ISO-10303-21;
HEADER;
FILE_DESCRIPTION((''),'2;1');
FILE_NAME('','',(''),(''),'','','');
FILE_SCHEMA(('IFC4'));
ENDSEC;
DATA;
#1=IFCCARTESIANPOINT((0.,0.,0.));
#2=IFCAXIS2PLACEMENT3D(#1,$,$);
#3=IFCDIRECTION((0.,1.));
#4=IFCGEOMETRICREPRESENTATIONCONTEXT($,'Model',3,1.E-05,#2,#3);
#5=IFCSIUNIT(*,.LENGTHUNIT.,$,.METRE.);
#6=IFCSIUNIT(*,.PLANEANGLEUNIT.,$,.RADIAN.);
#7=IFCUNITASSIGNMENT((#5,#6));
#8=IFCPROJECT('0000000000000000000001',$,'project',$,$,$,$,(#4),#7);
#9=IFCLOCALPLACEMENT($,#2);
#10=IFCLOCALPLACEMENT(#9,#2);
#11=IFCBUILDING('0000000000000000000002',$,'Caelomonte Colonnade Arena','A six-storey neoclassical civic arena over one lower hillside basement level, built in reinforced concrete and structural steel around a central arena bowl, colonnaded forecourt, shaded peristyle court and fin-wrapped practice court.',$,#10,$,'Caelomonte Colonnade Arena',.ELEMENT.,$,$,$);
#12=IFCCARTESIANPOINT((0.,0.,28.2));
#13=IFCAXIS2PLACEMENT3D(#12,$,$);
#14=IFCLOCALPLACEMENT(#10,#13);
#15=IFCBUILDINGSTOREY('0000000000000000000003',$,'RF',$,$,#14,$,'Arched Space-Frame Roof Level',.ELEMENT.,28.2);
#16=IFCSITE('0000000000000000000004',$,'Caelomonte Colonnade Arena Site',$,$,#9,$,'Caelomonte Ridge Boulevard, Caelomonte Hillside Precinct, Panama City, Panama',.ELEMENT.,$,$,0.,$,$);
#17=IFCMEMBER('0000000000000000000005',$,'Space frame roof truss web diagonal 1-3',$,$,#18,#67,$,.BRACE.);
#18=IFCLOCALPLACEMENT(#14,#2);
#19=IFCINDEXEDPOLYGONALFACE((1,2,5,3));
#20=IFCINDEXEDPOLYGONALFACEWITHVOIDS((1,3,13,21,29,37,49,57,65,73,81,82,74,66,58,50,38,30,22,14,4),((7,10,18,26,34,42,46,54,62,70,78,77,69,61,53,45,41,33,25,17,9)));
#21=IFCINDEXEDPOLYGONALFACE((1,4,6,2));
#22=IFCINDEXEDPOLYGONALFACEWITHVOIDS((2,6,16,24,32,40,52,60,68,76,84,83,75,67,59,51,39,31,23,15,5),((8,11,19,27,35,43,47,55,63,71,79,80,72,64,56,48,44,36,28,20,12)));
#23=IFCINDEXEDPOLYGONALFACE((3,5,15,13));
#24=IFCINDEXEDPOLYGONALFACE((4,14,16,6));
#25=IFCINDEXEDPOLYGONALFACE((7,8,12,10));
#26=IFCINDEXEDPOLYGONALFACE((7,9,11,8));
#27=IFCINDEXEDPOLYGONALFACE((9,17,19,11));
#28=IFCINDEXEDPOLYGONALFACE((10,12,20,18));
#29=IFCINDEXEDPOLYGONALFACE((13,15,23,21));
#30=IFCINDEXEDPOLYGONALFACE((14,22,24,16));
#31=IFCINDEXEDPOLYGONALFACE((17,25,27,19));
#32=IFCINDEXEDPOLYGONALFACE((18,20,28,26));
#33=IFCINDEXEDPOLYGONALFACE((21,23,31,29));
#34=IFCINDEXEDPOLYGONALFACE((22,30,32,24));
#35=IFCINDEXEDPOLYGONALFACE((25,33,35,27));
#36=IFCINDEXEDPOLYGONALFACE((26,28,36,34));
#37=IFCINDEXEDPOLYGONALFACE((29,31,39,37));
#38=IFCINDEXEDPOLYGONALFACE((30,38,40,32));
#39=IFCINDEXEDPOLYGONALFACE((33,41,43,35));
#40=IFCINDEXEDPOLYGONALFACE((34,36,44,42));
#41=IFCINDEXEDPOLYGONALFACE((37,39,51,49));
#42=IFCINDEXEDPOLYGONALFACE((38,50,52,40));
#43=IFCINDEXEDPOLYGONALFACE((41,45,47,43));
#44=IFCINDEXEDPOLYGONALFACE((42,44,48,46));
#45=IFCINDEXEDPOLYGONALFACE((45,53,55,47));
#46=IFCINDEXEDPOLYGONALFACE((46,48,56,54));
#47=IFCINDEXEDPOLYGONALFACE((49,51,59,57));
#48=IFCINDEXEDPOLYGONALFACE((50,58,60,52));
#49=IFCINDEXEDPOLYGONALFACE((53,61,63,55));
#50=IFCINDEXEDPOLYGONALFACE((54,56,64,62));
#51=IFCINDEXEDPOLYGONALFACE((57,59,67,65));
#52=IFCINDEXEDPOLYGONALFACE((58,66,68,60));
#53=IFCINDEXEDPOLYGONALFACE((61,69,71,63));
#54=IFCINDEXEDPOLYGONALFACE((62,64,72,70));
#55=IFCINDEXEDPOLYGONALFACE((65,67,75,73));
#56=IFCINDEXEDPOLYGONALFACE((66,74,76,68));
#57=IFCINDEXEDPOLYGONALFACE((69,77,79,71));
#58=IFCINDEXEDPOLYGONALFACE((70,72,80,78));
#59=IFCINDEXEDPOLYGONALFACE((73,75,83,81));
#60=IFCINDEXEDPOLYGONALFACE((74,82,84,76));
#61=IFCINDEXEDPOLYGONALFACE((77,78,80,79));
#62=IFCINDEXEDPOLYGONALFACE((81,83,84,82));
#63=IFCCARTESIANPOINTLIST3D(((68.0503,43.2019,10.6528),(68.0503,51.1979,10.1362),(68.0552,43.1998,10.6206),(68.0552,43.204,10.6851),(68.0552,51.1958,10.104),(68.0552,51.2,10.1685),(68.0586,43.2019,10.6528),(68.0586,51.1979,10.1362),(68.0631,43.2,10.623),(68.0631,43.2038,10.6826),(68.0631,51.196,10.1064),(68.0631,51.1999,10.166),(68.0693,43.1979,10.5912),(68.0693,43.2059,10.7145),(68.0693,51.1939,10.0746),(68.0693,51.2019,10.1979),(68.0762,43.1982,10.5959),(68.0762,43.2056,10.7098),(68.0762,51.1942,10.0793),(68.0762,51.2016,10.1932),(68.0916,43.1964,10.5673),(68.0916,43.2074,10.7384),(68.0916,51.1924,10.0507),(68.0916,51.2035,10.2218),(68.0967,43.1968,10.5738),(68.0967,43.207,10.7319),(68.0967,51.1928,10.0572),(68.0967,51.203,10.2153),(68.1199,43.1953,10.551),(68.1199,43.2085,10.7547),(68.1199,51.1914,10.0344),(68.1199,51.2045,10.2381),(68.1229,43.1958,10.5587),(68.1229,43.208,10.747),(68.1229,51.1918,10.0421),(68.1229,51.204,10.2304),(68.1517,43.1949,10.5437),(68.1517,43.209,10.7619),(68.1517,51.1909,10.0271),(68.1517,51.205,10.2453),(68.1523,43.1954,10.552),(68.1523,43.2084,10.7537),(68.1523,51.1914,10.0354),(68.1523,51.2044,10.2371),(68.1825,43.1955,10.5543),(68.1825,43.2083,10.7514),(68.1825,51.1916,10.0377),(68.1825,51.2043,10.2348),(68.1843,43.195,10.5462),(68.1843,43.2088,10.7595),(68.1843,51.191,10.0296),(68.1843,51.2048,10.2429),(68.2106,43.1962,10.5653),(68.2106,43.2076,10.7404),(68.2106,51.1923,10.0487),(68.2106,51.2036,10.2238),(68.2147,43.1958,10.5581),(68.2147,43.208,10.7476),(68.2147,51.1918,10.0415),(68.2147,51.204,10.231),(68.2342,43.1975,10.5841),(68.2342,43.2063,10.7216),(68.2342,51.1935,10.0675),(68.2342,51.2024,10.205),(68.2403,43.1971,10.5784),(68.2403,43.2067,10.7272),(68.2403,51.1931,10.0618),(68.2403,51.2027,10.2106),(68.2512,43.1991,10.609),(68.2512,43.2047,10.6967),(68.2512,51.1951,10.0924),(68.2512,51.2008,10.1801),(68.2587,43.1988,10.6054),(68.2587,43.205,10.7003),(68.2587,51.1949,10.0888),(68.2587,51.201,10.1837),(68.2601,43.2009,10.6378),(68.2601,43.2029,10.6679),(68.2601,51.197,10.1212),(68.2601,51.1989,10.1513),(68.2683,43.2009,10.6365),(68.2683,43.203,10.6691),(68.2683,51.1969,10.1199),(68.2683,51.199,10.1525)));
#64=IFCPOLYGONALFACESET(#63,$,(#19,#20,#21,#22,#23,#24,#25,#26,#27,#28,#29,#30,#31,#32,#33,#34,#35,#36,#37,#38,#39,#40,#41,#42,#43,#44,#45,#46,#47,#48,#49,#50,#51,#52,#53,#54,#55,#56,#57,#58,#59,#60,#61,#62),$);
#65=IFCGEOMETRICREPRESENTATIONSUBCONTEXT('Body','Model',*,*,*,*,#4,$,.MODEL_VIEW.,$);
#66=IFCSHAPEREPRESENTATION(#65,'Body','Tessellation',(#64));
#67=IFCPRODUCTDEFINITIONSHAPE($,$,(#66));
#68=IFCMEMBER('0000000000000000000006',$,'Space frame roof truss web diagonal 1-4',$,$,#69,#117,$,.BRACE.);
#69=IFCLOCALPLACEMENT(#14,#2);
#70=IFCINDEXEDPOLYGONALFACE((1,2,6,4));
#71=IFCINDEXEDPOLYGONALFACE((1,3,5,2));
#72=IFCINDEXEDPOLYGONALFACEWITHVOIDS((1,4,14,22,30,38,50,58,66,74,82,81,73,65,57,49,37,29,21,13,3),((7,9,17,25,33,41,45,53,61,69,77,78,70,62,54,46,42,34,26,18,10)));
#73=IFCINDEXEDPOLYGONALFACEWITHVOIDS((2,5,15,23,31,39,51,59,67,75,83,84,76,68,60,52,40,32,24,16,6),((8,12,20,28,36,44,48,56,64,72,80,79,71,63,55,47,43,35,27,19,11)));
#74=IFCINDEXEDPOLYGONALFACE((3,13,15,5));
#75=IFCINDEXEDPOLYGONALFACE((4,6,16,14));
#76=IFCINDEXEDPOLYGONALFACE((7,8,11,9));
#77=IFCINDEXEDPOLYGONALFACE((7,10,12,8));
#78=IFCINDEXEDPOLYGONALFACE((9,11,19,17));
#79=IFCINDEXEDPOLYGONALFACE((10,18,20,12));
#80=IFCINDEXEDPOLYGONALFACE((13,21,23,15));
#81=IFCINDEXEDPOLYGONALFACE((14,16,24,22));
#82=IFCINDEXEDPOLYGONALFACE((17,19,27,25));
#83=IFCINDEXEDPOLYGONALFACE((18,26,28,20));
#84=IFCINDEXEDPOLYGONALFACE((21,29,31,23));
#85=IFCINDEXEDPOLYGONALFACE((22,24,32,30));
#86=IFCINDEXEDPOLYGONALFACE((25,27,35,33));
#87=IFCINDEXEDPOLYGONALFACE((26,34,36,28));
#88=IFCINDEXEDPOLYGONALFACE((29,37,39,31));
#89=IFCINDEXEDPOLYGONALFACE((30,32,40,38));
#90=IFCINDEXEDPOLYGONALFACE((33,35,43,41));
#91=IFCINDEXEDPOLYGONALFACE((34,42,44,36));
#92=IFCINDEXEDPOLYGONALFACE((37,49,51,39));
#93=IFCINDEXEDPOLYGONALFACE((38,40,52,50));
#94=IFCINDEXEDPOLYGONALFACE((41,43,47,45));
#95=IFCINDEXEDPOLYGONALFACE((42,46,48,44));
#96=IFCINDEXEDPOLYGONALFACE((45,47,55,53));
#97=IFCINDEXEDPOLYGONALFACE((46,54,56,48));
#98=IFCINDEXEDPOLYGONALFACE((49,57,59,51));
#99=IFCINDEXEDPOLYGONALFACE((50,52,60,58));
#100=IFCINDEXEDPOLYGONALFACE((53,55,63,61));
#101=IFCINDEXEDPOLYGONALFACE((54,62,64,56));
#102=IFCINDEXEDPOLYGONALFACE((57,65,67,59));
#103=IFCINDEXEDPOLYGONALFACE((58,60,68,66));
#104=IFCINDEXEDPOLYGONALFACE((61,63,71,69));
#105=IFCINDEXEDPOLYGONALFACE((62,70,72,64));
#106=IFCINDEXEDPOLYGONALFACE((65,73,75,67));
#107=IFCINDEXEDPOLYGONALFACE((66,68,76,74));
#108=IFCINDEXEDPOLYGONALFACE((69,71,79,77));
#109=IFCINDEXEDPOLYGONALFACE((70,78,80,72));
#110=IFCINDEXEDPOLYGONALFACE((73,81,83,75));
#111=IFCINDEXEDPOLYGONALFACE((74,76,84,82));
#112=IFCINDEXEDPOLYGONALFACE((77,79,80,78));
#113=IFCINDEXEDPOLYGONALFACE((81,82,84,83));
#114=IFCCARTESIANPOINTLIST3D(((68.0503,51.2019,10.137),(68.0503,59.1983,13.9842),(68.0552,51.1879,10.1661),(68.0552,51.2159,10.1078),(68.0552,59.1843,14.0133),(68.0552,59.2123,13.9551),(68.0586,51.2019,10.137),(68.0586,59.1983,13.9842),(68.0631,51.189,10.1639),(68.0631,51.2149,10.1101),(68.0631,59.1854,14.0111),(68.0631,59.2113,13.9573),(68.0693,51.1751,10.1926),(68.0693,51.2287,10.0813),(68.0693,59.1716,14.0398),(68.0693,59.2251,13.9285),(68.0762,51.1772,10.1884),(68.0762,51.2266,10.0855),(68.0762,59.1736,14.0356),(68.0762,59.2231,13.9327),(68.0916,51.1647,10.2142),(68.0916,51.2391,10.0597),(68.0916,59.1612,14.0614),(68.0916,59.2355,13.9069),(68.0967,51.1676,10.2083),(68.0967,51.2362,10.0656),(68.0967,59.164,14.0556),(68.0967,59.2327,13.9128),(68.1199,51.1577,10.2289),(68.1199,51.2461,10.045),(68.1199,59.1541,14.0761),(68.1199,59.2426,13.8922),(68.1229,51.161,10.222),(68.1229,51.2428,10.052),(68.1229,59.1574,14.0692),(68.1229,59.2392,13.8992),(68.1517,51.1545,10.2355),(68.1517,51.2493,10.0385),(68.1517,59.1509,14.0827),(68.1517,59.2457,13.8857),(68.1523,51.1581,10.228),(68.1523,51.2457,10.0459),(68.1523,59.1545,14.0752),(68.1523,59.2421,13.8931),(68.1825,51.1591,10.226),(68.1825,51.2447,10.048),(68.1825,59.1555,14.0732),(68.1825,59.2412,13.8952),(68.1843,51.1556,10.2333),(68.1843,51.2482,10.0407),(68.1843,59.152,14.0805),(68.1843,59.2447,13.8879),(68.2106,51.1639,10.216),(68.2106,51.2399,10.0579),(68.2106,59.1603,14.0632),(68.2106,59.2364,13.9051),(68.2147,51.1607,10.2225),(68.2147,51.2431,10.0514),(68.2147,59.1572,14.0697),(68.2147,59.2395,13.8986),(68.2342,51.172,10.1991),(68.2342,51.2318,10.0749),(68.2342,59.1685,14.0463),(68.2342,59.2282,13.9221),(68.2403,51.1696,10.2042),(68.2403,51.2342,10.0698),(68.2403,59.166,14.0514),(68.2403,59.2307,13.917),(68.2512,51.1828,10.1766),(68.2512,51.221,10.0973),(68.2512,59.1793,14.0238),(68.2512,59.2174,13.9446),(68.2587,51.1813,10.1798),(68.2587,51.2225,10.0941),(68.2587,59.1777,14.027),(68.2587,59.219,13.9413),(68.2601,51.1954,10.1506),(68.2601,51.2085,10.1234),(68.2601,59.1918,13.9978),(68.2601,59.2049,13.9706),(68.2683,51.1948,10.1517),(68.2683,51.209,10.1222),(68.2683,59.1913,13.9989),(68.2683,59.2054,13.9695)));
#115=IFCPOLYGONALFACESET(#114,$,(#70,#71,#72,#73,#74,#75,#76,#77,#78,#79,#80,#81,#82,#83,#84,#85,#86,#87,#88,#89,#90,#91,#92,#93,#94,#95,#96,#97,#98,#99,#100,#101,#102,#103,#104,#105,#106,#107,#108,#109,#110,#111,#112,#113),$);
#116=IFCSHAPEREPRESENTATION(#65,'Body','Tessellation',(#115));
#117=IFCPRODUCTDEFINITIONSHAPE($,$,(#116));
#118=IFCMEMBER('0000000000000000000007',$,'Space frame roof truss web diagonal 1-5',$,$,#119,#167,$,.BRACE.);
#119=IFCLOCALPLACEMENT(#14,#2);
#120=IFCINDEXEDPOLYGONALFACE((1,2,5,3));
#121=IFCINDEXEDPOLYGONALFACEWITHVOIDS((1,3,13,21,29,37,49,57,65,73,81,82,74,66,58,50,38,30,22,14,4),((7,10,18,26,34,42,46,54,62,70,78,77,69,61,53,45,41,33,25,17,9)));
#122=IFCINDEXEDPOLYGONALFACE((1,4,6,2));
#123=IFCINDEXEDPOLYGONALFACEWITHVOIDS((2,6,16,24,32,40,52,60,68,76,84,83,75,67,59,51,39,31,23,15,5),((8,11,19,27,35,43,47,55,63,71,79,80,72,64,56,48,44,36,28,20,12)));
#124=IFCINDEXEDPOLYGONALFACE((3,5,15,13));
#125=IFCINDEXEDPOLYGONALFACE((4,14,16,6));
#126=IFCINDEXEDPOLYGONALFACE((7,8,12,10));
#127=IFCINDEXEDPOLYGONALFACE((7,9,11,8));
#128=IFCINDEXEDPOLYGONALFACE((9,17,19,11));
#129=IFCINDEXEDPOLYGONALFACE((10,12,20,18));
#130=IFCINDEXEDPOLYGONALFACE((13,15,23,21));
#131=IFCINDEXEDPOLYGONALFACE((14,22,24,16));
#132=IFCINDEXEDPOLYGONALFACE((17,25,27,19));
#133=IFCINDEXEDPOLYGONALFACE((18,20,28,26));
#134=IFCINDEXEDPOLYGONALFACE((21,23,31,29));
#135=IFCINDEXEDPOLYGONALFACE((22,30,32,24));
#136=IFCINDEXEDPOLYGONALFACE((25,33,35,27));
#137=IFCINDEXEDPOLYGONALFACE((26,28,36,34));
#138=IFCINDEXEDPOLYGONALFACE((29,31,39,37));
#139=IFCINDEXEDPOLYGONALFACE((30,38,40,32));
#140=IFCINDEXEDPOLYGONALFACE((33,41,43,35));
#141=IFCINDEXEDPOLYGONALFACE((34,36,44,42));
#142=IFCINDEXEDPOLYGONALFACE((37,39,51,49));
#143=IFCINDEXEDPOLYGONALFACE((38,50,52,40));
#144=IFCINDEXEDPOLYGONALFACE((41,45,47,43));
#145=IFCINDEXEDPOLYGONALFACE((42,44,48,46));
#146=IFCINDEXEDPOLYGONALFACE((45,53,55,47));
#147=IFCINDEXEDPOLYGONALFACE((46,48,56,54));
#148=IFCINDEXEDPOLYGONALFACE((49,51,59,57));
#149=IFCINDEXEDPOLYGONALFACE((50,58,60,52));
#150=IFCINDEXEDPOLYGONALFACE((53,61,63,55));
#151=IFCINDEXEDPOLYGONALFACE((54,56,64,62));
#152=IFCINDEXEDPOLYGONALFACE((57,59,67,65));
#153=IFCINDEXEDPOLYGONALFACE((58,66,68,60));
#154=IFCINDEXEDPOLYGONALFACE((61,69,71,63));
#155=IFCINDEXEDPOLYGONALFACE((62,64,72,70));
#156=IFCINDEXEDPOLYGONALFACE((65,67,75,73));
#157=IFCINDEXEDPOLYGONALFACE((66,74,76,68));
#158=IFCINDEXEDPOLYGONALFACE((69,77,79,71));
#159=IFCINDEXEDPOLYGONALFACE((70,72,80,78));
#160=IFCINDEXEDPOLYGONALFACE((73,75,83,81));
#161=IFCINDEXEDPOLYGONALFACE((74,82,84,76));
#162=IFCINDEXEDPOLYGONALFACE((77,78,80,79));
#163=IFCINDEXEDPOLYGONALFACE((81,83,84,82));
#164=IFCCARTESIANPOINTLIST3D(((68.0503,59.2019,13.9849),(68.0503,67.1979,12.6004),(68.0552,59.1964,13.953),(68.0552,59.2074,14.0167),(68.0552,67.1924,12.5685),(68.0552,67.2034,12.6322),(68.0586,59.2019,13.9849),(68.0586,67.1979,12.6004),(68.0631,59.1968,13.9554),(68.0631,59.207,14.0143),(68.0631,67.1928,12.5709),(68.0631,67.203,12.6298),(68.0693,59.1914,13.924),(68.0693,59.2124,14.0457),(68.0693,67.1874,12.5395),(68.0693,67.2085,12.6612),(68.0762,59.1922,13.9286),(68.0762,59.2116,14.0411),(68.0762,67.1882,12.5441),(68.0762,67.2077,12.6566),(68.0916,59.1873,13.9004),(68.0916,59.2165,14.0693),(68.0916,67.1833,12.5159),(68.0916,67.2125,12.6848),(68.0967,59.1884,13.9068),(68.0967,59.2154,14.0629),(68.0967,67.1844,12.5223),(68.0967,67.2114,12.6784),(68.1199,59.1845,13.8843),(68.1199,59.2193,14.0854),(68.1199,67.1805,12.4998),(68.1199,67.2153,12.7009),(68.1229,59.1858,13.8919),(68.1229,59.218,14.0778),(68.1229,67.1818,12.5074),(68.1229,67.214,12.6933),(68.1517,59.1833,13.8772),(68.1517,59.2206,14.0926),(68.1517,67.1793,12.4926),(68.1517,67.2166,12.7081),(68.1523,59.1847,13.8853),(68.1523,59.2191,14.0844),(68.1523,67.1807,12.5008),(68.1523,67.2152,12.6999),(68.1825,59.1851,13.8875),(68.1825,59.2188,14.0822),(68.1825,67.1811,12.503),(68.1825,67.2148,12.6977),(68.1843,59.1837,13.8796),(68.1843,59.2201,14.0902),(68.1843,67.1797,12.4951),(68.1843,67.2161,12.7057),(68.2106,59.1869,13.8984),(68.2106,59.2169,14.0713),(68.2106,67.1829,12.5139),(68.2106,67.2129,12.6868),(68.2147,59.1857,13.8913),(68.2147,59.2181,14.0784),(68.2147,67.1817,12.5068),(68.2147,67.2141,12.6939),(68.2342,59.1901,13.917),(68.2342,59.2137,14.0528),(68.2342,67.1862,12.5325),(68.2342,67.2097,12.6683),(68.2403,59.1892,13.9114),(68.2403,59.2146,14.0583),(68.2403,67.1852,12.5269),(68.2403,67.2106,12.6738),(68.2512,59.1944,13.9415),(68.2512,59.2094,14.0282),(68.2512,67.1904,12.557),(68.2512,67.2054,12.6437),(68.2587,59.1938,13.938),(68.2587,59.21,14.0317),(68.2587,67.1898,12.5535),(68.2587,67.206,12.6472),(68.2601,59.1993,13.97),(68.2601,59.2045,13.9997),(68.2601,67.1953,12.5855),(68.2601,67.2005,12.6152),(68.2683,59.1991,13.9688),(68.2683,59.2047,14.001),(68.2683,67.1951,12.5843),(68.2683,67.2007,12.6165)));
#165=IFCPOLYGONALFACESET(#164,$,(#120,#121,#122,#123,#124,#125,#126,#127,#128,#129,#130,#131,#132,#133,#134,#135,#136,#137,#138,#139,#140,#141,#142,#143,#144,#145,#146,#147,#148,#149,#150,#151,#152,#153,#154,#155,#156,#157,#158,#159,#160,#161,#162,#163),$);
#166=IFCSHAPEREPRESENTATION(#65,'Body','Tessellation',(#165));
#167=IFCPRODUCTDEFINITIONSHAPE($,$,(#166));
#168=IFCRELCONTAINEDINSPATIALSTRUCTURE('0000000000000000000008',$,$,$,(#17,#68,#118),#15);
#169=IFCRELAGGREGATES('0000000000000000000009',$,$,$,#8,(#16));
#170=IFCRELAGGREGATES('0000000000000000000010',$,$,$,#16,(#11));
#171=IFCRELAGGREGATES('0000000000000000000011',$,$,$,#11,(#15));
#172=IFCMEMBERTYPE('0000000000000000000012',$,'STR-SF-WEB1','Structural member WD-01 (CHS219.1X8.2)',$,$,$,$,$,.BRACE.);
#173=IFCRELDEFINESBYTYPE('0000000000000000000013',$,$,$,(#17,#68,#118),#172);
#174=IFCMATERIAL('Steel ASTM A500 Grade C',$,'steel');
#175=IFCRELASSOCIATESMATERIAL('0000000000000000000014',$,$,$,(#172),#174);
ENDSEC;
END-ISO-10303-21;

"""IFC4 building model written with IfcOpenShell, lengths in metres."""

from ifc_helpers import new_model, si_unit, direction, frame, origin, origin_2d, place, context, subcontext, project, spatial, hollow_circle, extrude, material, material_profile, profile_set, type_object, element, save


model = new_model("IFC4")

# Units and contexts
model_context = context("Model", 3, precision=1e-05, world=origin(), true_north=direction((0.0, 1.0)))
body_context = subcontext(model_context, "Body", "Model", "MODEL_VIEW")
ifc_project = project(units=[si_unit("LENGTHUNIT", "METRE"), si_unit("PLANEANGLEUNIT", "RADIAN")], contexts=[model_context])

# Site, building, storey
site_placement = place(None, origin())
site = spatial("IfcSite", under=ifc_project, at=site_placement, Name="Caelomonte Colonnade Arena Site", LongName="Caelomonte Ridge Boulevard, Caelomonte Hillside Precinct, Panama City, Panama", CompositionType="ELEMENT", RefElevation=0.0)
building_placement = place(site_placement, origin())
building = spatial("IfcBuilding", under=site, at=building_placement, Name="Caelomonte Colonnade Arena", Description="A six-storey neoclassical civic arena over one lower hillside basement level, built in reinforced concrete and structural steel around a central arena bowl, colonnaded forecourt, shaded peristyle court and fin-wrapped practice court.", LongName="Caelomonte Colonnade Arena", CompositionType="ELEMENT")
storey_placement = place(building_placement, frame((0.0, 0.0, 28.2)))
storey = spatial("IfcBuildingStorey", under=building, at=storey_placement, Name="RF", LongName="Arched Space-Frame Roof Level", CompositionType="ELEMENT", Elevation=28.2)

# Members
ifc_material_1 = material(Name="Steel ASTM A500 Grade C", Category="steel")
ifc_material_profile_1 = material_profile(ifc_material_1, hollow_circle(Radius=0.1096, WallThickness=0.0083, at=origin_2d()), Name="CHS219.1X8.2")
ifc_profile_set_1 = profile_set([ifc_material_profile_1], Name="Steel ASTM A500 Grade C")
member_type_1 = type_object("IfcMemberType", Name="STR-SF-WEB1", Description="Structural member WD-01 (CHS219.1X8.2)", PredefinedType="BRACE", material=ifc_profile_set_1)
member_1_placement = place(storey_placement, frame((68.1599, 43.2019, 10.6528), z_axis=(0.0, 0.997919, -0.064472), x_axis=(-1.0, 0.0, 0.0)))
element("IfcMember", 1, at=member_1_placement, inside=storey, type_object=member_type_1, Name="Space frame roof truss web diagonal 1-3", PredefinedType="BRACE", context=body_context, shape_type="SweptSolid", body=[
    extrude(hollow_circle(Radius=0.1096, WallThickness=0.0083, at=origin_2d()), origin(), (0.0, 0.0, 1.0), 8.0127),
])
member_2_placement = place(storey_placement, frame((68.1599, 51.2019, 10.137), z_axis=(0.0, 0.90113, 0.433548), x_axis=(-1.0, 0.0, 0.0)))
element("IfcMember", 2, at=member_2_placement, inside=storey, type_object=member_type_1, Name="Space frame roof truss web diagonal 1-4", PredefinedType="BRACE", context=body_context, shape_type="SweptSolid", body=[
    extrude(hollow_circle(Radius=0.1096, WallThickness=0.0083, at=origin_2d()), origin(), (0.0, 0.0, 1.0), 8.8738),
])
member_3_placement = place(storey_placement, frame((68.1599, 59.2019, 13.9849), z_axis=(0.0, 0.985338, -0.170611), x_axis=(-1.0, 0.0, 0.0)))
element("IfcMember", 3, at=member_3_placement, inside=storey, type_object=member_type_1, Name="Space frame roof truss web diagonal 1-5", PredefinedType="BRACE", context=body_context, shape_type="SweptSolid", body=[
    extrude(hollow_circle(Radius=0.1096, WallThickness=0.0083, at=origin_2d()), origin(), (0.0, 0.0, 1.0), 8.115),
])

save(model, "model.ifc")
